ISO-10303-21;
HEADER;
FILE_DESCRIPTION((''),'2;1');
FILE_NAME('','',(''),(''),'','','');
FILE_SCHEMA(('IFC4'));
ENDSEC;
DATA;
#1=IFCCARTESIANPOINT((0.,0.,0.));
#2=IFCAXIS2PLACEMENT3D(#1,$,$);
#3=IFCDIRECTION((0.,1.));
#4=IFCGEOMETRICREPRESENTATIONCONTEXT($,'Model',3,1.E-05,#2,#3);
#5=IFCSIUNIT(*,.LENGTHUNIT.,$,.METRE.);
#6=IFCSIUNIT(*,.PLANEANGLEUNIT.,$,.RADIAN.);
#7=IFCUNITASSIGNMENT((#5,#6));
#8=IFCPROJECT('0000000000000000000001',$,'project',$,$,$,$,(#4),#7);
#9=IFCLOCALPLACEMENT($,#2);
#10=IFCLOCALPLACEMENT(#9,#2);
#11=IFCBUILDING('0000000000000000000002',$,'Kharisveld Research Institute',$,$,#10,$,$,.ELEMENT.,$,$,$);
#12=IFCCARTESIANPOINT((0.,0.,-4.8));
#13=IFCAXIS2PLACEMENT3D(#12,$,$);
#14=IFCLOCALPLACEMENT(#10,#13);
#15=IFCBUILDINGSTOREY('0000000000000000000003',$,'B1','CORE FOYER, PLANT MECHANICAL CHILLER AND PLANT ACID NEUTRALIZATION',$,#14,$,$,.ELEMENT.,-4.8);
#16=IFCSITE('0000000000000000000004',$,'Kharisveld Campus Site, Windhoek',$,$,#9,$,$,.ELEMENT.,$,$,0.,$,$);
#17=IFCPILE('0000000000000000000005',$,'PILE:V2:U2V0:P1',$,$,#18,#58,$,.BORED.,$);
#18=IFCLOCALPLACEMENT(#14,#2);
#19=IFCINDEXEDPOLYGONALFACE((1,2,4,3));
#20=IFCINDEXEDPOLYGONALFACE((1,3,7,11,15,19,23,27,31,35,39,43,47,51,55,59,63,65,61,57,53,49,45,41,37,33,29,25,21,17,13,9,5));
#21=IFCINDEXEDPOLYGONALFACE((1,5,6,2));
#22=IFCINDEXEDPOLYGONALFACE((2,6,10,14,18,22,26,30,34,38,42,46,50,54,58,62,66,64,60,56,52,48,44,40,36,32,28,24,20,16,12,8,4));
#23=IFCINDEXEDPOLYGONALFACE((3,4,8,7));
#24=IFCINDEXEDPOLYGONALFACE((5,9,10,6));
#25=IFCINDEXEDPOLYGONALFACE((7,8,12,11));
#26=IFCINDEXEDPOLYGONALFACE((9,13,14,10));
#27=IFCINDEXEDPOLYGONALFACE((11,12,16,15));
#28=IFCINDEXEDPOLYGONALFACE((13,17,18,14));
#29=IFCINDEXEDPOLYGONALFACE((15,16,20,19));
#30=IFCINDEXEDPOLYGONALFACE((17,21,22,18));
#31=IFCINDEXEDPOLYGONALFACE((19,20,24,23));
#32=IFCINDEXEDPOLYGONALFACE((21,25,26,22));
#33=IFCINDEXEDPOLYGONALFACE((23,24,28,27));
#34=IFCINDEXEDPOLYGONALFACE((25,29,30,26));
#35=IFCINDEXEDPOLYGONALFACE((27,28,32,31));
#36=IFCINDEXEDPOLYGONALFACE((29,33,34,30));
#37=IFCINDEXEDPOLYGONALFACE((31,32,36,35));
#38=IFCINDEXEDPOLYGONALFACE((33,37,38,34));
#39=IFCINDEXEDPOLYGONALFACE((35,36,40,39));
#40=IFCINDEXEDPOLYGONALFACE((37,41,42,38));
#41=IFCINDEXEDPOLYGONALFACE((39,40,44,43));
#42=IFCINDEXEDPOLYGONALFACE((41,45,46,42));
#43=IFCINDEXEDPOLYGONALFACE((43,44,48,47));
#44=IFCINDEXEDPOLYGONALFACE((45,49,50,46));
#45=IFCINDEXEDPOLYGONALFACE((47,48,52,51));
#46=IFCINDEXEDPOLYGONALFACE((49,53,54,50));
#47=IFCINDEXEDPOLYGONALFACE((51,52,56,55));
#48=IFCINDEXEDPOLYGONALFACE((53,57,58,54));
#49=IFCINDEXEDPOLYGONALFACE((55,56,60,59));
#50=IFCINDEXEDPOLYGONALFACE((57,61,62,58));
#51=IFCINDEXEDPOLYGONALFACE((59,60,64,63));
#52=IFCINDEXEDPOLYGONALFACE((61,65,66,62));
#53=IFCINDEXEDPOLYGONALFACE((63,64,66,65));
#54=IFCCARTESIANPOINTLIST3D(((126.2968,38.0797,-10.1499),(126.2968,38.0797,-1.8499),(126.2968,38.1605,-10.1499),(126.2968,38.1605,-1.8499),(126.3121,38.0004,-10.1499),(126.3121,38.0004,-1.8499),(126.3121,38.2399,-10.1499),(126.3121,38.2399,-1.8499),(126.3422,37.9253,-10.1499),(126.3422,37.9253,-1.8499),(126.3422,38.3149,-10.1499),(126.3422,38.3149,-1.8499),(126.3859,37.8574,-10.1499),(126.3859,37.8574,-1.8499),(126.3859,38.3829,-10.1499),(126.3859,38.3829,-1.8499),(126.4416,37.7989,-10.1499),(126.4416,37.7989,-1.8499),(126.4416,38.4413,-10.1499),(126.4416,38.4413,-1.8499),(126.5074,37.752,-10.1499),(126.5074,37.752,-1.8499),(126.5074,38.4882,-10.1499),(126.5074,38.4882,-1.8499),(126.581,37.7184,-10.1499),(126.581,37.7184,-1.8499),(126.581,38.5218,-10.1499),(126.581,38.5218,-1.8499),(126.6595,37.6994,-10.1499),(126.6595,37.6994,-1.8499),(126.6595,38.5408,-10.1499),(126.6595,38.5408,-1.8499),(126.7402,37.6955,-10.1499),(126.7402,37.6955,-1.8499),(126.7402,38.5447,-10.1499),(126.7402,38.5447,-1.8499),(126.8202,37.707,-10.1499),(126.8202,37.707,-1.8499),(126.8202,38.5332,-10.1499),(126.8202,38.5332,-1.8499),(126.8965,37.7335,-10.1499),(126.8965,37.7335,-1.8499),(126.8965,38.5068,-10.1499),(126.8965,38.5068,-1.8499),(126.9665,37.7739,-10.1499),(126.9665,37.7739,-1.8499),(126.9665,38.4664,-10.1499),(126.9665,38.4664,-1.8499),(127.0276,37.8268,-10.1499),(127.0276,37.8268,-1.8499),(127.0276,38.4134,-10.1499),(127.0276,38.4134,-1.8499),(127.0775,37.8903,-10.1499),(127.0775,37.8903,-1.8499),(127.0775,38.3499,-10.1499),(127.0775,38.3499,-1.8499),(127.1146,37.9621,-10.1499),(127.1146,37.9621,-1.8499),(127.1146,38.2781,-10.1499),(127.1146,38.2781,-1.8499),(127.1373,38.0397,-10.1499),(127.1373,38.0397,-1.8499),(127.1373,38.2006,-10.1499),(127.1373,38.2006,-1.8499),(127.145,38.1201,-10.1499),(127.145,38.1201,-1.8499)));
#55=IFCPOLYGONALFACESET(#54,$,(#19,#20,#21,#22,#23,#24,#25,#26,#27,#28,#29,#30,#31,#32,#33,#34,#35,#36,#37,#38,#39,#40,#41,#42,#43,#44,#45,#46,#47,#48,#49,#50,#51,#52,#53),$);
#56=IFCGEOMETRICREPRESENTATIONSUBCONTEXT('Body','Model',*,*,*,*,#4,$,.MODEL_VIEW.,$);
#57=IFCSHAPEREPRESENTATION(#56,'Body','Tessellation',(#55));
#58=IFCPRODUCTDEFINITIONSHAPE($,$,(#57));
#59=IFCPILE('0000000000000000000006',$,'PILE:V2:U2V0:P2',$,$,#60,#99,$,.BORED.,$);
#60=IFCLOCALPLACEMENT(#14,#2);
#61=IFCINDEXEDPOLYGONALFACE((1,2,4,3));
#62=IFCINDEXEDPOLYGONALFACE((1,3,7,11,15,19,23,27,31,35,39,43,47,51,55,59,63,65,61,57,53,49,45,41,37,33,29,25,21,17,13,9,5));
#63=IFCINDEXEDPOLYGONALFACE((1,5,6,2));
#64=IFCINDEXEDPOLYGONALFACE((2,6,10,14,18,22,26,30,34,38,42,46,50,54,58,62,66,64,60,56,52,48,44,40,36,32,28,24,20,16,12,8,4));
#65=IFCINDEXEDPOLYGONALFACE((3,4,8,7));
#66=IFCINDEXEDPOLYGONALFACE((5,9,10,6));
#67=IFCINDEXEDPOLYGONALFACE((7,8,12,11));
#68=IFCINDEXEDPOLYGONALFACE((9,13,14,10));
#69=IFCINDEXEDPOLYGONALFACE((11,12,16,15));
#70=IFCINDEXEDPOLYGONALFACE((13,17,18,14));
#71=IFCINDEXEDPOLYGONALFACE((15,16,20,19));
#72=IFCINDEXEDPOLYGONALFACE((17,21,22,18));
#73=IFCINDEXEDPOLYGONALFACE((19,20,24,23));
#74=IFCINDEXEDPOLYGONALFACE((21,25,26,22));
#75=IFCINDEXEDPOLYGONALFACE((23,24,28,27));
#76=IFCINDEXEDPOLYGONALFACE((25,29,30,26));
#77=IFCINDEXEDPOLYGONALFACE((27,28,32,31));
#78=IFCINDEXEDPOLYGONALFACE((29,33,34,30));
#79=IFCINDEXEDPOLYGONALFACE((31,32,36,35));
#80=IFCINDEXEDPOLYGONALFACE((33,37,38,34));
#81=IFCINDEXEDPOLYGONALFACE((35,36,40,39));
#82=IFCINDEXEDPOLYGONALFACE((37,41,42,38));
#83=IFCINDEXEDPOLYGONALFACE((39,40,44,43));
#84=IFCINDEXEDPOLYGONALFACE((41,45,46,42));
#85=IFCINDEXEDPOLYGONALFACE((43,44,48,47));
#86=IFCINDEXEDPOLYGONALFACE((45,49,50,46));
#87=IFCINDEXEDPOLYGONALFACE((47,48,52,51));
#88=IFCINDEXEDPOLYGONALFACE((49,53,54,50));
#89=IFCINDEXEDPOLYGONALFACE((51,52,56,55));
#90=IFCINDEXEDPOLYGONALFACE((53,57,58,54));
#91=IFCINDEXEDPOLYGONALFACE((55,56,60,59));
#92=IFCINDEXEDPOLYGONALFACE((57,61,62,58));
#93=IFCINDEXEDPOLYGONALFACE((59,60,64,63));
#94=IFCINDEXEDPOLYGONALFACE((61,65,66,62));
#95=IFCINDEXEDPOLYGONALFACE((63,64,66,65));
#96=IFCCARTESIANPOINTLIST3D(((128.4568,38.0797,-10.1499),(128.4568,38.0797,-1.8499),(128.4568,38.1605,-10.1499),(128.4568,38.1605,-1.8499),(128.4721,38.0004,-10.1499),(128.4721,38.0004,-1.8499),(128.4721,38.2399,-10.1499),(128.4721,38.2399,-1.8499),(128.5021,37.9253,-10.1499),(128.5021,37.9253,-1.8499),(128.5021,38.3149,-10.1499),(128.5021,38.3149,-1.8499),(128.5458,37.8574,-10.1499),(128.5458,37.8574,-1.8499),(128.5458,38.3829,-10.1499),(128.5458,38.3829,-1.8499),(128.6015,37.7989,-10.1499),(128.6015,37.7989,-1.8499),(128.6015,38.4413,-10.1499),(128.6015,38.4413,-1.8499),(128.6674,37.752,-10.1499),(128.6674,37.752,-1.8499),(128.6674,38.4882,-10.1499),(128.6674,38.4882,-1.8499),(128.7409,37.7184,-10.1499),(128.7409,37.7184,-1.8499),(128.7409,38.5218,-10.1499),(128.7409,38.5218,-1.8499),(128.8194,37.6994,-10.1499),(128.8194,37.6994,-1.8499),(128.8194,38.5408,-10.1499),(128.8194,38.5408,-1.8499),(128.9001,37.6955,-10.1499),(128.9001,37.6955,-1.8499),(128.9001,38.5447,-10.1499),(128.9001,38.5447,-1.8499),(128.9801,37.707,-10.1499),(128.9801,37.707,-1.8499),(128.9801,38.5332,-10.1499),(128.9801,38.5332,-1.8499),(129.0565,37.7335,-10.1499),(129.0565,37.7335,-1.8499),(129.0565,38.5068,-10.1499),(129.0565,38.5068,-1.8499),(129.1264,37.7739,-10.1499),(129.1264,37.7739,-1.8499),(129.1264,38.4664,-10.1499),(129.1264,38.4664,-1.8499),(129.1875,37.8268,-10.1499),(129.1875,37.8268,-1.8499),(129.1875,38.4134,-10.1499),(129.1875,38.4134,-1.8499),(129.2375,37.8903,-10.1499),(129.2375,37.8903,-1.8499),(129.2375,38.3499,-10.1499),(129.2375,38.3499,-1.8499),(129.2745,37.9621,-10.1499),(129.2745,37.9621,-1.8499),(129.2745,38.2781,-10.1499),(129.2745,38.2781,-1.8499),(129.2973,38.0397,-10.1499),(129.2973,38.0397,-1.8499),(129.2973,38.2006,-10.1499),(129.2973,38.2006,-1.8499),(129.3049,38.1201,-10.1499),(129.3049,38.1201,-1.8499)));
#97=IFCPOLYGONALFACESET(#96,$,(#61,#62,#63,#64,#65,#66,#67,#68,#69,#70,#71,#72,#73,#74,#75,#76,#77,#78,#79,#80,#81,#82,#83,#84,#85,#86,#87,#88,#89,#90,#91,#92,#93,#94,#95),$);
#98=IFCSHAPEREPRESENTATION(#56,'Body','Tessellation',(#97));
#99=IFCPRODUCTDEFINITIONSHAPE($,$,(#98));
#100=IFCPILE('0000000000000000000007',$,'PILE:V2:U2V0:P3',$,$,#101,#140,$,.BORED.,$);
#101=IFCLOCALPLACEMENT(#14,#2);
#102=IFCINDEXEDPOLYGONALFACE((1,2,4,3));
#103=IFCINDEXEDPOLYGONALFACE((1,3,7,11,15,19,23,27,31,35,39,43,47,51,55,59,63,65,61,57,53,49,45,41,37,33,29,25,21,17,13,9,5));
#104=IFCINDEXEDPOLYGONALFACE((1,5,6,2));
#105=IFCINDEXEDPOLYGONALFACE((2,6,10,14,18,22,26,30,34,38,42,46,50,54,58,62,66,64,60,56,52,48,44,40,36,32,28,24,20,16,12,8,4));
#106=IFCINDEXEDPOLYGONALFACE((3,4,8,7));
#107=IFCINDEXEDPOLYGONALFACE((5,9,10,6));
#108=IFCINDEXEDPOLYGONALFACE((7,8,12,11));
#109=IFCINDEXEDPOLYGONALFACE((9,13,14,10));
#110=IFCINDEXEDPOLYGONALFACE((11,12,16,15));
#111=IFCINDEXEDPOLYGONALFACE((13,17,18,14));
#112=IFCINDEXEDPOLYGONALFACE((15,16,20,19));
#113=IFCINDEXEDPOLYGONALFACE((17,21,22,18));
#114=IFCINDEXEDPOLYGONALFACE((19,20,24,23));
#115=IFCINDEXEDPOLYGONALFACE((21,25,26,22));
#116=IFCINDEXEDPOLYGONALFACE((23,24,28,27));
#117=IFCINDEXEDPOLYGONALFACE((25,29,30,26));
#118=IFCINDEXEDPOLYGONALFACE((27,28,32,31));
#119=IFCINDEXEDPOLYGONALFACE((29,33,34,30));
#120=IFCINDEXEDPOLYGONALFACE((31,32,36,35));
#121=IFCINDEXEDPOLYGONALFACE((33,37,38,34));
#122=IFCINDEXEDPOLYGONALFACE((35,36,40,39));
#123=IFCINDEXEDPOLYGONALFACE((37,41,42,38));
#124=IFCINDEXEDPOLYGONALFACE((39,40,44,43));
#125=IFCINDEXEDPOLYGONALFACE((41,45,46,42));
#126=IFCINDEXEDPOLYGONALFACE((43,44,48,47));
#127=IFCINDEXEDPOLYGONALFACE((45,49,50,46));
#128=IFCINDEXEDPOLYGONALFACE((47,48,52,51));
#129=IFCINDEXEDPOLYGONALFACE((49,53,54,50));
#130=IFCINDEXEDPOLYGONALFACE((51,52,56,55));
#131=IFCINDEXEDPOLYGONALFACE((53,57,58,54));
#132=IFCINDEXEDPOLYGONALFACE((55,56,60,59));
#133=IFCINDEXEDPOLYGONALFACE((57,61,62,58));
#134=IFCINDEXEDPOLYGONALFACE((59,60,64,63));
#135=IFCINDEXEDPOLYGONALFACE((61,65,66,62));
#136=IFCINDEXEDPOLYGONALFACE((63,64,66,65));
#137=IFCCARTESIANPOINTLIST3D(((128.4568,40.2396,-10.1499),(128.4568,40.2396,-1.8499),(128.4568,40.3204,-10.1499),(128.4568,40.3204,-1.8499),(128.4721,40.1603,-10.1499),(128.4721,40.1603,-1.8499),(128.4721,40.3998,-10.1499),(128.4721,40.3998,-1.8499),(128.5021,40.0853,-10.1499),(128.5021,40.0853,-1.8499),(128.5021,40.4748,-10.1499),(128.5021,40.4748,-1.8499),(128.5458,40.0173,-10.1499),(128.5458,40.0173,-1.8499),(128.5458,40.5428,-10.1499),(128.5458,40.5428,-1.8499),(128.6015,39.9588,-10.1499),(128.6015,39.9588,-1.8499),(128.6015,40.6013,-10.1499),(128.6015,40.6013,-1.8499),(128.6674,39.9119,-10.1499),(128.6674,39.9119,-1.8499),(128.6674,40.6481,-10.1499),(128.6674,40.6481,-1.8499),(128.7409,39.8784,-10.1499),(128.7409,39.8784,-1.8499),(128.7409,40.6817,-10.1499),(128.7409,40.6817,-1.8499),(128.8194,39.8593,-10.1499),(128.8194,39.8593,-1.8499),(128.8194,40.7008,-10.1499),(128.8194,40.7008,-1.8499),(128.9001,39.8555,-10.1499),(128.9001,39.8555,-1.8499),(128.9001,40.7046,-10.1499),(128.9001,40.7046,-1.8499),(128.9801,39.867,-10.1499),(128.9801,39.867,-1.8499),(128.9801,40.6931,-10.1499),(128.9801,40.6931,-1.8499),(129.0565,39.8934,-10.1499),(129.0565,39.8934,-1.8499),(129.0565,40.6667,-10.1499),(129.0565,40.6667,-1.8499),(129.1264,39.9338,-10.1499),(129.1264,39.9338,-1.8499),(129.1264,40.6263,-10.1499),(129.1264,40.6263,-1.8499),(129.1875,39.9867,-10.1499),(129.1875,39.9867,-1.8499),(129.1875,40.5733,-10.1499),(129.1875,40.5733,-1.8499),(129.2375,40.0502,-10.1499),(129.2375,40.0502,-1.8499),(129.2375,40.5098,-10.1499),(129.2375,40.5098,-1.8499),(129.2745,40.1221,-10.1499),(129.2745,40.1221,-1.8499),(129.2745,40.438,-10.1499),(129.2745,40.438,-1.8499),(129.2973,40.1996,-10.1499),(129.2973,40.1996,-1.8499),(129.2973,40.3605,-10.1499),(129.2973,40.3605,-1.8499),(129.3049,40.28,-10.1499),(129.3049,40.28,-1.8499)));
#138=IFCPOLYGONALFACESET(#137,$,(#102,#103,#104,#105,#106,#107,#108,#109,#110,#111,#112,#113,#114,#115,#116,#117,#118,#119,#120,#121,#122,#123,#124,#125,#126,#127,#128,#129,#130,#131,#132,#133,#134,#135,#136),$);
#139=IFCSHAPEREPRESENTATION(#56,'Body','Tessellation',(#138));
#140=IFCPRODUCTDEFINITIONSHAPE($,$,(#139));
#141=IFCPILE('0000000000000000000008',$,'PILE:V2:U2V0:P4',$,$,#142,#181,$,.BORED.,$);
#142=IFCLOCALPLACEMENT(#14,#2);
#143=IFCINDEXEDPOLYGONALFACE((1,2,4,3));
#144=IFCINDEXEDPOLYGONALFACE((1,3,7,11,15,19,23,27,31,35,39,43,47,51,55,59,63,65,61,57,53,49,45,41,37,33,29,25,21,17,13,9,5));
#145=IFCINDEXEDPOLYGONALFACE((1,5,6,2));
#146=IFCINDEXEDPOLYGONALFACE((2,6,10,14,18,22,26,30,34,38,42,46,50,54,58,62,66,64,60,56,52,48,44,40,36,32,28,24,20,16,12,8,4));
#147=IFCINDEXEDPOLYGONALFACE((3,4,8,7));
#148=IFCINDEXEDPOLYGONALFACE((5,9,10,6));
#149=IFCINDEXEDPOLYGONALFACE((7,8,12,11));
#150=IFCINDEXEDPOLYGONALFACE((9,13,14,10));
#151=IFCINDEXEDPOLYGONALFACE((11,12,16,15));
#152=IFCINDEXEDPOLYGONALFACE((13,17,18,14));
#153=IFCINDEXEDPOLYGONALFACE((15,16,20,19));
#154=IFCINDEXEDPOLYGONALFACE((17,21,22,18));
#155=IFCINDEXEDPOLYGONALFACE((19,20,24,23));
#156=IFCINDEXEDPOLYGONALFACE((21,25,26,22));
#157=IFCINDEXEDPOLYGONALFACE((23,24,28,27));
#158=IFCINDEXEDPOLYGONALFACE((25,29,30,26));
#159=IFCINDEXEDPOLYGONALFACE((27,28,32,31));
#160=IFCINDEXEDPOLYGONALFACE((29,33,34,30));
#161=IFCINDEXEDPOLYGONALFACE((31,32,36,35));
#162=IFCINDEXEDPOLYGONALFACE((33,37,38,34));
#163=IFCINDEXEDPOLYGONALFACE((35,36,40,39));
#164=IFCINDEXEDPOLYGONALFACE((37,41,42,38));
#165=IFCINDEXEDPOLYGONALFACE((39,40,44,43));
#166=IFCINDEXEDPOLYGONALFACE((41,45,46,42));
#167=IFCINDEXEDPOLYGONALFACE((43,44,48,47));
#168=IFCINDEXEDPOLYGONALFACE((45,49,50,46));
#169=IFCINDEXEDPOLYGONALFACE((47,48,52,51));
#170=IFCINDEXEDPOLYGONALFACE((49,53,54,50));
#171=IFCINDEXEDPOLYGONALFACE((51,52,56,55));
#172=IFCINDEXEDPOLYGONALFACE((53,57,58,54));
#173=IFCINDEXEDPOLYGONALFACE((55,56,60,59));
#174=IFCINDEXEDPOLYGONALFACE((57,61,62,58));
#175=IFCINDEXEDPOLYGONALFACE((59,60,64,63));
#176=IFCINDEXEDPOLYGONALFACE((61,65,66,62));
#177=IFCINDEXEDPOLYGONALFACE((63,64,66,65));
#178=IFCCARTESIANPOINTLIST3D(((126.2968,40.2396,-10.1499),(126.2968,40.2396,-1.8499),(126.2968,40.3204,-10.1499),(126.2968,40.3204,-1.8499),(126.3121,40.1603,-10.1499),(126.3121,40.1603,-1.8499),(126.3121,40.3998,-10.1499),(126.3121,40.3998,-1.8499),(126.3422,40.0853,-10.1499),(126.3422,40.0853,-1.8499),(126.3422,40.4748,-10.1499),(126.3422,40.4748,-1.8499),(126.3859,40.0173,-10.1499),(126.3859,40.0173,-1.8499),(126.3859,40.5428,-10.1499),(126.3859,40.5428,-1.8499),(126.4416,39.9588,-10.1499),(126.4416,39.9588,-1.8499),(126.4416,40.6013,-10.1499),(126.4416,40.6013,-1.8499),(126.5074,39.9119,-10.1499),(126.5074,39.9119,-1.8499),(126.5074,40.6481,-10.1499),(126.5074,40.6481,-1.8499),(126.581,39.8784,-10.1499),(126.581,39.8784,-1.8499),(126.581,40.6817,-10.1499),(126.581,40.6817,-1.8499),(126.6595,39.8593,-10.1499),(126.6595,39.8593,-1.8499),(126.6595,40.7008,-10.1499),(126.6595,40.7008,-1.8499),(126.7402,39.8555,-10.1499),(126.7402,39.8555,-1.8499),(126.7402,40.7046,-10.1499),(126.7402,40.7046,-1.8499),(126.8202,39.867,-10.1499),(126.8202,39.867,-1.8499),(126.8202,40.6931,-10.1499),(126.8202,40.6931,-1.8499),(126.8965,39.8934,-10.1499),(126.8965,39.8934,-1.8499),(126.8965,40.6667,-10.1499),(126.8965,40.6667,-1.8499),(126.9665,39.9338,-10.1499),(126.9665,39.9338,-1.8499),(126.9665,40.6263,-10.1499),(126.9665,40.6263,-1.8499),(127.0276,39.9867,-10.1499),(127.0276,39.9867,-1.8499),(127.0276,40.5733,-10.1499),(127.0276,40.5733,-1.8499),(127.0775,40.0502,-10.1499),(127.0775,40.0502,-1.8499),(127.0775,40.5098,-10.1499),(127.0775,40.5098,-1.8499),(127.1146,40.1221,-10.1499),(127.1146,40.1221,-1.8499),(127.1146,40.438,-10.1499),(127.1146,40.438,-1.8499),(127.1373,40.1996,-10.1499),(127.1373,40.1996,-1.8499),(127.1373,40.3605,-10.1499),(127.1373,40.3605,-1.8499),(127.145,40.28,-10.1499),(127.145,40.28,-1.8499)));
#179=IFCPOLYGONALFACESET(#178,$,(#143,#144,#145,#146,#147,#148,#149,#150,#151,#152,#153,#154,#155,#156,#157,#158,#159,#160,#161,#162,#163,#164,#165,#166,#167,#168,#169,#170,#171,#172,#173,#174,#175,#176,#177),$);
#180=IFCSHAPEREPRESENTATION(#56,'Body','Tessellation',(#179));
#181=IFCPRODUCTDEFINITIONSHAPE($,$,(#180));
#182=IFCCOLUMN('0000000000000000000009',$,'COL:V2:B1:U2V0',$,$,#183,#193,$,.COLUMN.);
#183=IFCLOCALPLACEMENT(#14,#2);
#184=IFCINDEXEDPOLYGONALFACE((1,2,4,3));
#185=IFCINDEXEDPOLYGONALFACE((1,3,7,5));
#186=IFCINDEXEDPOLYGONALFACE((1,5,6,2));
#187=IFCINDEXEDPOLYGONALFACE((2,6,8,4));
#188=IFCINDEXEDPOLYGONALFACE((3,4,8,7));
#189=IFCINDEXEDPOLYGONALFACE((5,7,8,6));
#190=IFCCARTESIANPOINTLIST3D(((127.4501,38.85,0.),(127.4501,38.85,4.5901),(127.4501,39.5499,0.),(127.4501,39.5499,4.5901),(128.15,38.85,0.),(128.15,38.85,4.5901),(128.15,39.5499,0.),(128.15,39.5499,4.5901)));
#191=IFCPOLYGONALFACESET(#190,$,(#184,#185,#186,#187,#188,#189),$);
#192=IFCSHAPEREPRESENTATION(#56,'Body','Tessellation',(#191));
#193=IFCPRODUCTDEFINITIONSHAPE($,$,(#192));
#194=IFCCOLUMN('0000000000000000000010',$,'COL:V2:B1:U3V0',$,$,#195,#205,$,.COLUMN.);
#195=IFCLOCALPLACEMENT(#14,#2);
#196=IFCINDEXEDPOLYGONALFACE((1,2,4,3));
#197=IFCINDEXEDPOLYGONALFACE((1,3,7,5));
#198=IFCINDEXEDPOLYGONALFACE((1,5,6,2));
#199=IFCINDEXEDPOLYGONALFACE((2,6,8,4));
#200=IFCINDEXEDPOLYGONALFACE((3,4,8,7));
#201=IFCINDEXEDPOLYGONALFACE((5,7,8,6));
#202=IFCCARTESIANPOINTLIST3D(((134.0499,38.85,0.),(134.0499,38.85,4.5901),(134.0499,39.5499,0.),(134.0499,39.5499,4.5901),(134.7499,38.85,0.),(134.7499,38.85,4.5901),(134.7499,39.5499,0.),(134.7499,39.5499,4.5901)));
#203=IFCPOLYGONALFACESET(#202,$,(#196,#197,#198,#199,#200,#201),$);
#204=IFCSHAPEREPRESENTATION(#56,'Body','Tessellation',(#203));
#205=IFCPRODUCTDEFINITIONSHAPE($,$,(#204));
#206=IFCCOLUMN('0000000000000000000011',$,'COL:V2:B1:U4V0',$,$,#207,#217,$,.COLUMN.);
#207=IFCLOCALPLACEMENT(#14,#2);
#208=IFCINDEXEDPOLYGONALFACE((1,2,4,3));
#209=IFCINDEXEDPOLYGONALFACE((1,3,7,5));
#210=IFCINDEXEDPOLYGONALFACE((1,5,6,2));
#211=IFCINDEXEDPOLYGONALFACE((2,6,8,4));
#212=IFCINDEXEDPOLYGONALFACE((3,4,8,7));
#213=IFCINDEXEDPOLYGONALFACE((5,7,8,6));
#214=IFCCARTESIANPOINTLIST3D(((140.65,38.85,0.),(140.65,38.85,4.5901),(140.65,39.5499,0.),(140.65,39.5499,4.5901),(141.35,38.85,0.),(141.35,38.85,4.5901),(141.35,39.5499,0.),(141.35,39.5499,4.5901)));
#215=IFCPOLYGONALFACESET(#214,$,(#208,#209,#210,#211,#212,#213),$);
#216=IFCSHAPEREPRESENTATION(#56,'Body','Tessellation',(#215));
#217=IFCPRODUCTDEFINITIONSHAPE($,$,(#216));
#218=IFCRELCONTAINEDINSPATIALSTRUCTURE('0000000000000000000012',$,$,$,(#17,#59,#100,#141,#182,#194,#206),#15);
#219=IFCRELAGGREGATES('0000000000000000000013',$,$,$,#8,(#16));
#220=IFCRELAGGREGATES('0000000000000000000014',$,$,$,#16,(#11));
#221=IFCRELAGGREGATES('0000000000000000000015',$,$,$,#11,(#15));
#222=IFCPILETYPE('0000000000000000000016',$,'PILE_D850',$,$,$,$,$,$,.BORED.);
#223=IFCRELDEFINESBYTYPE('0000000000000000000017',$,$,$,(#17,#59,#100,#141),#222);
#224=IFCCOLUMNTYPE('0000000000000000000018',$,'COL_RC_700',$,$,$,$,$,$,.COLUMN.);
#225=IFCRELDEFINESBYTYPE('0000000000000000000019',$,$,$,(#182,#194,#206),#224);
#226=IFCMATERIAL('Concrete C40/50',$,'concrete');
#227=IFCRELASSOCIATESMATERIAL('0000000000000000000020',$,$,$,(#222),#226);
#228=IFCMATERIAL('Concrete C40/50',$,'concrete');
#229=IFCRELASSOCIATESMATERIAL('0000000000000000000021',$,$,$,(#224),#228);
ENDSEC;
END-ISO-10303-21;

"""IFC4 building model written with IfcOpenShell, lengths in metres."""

from ifc_helpers import new_model, si_unit, direction, frame, origin, origin_2d, place, context, subcontext, project, spatial, rectangle, circle, extrude, material, material_profile, profile_set, type_object, element, save


model = new_model("IFC4")

# Units and contexts
model_context = context("Model", 3, precision=1e-05, world=origin(), true_north=direction((0.0, 1.0)))
body_context = subcontext(model_context, "Body", "Model", "MODEL_VIEW")
ifc_project = project(units=[si_unit("LENGTHUNIT", "METRE"), si_unit("PLANEANGLEUNIT", "RADIAN")], contexts=[model_context])

# Site, building, storey
site_placement = place(None, origin())
site = spatial("IfcSite", under=ifc_project, at=site_placement, Name="Kharisveld Campus Site, Windhoek", CompositionType="ELEMENT", RefElevation=0.0)
building_placement = place(site_placement, origin())
building = spatial("IfcBuilding", under=site, at=building_placement, Name="Kharisveld Research Institute", CompositionType="ELEMENT")
storey_placement = place(building_placement, frame((0.0, 0.0, -4.8)))
storey = spatial("IfcBuildingStorey", under=building, at=storey_placement, Name="B1", Description="CORE FOYER, PLANT MECHANICAL CHILLER AND PLANT ACID NEUTRALIZATION", CompositionType="ELEMENT", Elevation=-4.8)

# Piles
ifc_material_1 = material(Name="Concrete C40/50", Category="concrete")
ifc_material_profile_1 = material_profile(ifc_material_1, circle(Radius=0.425, at=origin_2d()))
ifc_profile_set_1 = profile_set([ifc_material_profile_1], Name="Concrete C40/50")
pile_type_1 = type_object("IfcPileType", Name="PILE_D850", PredefinedType="BORED", material=ifc_profile_set_1)
for number, where, z_axis, x_axis, name in (
    (1, (126.72, 38.1201, -1.8499), (0.0, 0.0, -1.0), (1.0, 0.0, 0.0), "PILE:V2:U2V0:P1"),
    (2, (128.8799, 38.1201, -1.8499), (0.0, 0.0, -1.0), (1.0, 0.0, 0.0), "PILE:V2:U2V0:P2"),
    (3, (128.8799, 40.28, -1.8499), (0.0, 0.0, -1.0), (1.0, 0.0, 0.0), "PILE:V2:U2V0:P3"),
    (4, (126.72, 40.28, -1.8499), (0.0, 0.0, -1.0), (1.0, 0.0, 0.0), "PILE:V2:U2V0:P4"),
):
    element("IfcPile", number, at=place(storey_placement, frame(where, z_axis=z_axis, x_axis=x_axis)), inside=storey, type_object=pile_type_1, Name=name, PredefinedType="BORED", context=body_context, shape_type="SweptSolid", body=[
        extrude(circle(Radius=0.425, at=origin_2d()), origin(), (0.0, 0.0, 1.0), 8.3),
    ])

# Columns
ifc_material_2 = material(Name="Concrete C40/50", Category="concrete")
ifc_material_profile_2 = material_profile(ifc_material_2, rectangle(XDim=0.7, YDim=0.7, at=origin_2d()))
ifc_profile_set_2 = profile_set([ifc_material_profile_2], Name="Concrete C40/50")
column_type = type_object("IfcColumnType", Name="COL_RC_700", PredefinedType="COLUMN", material=ifc_profile_set_2)
for number, where, z_axis, x_axis, name in (
    (5, (127.8, 39.2, 0.0), (0.0, 0.0, 1.0), (1.0, 0.0, 0.0), "COL:V2:B1:U2V0"),
    (6, (134.3999, 39.2, 0.0), (0.0, 0.0, 1.0), (1.0, 0.0, 0.0), "COL:V2:B1:U3V0"),
    (7, (141.0, 39.2, 0.0), (0.0, 0.0, 1.0), (1.0, 0.0, 0.0), "COL:V2:B1:U4V0"),
):
    element("IfcColumn", number, at=place(storey_placement, frame(where, z_axis=z_axis, x_axis=x_axis)), inside=storey, type_object=column_type, Name=name, PredefinedType="COLUMN", context=body_context, shape_type="SweptSolid", body=[
        extrude(rectangle(XDim=0.7, YDim=0.7, at=origin_2d()), origin(), (0.0, 0.0, 1.0), 4.5901),
    ])

save(model, "model.ifc")
